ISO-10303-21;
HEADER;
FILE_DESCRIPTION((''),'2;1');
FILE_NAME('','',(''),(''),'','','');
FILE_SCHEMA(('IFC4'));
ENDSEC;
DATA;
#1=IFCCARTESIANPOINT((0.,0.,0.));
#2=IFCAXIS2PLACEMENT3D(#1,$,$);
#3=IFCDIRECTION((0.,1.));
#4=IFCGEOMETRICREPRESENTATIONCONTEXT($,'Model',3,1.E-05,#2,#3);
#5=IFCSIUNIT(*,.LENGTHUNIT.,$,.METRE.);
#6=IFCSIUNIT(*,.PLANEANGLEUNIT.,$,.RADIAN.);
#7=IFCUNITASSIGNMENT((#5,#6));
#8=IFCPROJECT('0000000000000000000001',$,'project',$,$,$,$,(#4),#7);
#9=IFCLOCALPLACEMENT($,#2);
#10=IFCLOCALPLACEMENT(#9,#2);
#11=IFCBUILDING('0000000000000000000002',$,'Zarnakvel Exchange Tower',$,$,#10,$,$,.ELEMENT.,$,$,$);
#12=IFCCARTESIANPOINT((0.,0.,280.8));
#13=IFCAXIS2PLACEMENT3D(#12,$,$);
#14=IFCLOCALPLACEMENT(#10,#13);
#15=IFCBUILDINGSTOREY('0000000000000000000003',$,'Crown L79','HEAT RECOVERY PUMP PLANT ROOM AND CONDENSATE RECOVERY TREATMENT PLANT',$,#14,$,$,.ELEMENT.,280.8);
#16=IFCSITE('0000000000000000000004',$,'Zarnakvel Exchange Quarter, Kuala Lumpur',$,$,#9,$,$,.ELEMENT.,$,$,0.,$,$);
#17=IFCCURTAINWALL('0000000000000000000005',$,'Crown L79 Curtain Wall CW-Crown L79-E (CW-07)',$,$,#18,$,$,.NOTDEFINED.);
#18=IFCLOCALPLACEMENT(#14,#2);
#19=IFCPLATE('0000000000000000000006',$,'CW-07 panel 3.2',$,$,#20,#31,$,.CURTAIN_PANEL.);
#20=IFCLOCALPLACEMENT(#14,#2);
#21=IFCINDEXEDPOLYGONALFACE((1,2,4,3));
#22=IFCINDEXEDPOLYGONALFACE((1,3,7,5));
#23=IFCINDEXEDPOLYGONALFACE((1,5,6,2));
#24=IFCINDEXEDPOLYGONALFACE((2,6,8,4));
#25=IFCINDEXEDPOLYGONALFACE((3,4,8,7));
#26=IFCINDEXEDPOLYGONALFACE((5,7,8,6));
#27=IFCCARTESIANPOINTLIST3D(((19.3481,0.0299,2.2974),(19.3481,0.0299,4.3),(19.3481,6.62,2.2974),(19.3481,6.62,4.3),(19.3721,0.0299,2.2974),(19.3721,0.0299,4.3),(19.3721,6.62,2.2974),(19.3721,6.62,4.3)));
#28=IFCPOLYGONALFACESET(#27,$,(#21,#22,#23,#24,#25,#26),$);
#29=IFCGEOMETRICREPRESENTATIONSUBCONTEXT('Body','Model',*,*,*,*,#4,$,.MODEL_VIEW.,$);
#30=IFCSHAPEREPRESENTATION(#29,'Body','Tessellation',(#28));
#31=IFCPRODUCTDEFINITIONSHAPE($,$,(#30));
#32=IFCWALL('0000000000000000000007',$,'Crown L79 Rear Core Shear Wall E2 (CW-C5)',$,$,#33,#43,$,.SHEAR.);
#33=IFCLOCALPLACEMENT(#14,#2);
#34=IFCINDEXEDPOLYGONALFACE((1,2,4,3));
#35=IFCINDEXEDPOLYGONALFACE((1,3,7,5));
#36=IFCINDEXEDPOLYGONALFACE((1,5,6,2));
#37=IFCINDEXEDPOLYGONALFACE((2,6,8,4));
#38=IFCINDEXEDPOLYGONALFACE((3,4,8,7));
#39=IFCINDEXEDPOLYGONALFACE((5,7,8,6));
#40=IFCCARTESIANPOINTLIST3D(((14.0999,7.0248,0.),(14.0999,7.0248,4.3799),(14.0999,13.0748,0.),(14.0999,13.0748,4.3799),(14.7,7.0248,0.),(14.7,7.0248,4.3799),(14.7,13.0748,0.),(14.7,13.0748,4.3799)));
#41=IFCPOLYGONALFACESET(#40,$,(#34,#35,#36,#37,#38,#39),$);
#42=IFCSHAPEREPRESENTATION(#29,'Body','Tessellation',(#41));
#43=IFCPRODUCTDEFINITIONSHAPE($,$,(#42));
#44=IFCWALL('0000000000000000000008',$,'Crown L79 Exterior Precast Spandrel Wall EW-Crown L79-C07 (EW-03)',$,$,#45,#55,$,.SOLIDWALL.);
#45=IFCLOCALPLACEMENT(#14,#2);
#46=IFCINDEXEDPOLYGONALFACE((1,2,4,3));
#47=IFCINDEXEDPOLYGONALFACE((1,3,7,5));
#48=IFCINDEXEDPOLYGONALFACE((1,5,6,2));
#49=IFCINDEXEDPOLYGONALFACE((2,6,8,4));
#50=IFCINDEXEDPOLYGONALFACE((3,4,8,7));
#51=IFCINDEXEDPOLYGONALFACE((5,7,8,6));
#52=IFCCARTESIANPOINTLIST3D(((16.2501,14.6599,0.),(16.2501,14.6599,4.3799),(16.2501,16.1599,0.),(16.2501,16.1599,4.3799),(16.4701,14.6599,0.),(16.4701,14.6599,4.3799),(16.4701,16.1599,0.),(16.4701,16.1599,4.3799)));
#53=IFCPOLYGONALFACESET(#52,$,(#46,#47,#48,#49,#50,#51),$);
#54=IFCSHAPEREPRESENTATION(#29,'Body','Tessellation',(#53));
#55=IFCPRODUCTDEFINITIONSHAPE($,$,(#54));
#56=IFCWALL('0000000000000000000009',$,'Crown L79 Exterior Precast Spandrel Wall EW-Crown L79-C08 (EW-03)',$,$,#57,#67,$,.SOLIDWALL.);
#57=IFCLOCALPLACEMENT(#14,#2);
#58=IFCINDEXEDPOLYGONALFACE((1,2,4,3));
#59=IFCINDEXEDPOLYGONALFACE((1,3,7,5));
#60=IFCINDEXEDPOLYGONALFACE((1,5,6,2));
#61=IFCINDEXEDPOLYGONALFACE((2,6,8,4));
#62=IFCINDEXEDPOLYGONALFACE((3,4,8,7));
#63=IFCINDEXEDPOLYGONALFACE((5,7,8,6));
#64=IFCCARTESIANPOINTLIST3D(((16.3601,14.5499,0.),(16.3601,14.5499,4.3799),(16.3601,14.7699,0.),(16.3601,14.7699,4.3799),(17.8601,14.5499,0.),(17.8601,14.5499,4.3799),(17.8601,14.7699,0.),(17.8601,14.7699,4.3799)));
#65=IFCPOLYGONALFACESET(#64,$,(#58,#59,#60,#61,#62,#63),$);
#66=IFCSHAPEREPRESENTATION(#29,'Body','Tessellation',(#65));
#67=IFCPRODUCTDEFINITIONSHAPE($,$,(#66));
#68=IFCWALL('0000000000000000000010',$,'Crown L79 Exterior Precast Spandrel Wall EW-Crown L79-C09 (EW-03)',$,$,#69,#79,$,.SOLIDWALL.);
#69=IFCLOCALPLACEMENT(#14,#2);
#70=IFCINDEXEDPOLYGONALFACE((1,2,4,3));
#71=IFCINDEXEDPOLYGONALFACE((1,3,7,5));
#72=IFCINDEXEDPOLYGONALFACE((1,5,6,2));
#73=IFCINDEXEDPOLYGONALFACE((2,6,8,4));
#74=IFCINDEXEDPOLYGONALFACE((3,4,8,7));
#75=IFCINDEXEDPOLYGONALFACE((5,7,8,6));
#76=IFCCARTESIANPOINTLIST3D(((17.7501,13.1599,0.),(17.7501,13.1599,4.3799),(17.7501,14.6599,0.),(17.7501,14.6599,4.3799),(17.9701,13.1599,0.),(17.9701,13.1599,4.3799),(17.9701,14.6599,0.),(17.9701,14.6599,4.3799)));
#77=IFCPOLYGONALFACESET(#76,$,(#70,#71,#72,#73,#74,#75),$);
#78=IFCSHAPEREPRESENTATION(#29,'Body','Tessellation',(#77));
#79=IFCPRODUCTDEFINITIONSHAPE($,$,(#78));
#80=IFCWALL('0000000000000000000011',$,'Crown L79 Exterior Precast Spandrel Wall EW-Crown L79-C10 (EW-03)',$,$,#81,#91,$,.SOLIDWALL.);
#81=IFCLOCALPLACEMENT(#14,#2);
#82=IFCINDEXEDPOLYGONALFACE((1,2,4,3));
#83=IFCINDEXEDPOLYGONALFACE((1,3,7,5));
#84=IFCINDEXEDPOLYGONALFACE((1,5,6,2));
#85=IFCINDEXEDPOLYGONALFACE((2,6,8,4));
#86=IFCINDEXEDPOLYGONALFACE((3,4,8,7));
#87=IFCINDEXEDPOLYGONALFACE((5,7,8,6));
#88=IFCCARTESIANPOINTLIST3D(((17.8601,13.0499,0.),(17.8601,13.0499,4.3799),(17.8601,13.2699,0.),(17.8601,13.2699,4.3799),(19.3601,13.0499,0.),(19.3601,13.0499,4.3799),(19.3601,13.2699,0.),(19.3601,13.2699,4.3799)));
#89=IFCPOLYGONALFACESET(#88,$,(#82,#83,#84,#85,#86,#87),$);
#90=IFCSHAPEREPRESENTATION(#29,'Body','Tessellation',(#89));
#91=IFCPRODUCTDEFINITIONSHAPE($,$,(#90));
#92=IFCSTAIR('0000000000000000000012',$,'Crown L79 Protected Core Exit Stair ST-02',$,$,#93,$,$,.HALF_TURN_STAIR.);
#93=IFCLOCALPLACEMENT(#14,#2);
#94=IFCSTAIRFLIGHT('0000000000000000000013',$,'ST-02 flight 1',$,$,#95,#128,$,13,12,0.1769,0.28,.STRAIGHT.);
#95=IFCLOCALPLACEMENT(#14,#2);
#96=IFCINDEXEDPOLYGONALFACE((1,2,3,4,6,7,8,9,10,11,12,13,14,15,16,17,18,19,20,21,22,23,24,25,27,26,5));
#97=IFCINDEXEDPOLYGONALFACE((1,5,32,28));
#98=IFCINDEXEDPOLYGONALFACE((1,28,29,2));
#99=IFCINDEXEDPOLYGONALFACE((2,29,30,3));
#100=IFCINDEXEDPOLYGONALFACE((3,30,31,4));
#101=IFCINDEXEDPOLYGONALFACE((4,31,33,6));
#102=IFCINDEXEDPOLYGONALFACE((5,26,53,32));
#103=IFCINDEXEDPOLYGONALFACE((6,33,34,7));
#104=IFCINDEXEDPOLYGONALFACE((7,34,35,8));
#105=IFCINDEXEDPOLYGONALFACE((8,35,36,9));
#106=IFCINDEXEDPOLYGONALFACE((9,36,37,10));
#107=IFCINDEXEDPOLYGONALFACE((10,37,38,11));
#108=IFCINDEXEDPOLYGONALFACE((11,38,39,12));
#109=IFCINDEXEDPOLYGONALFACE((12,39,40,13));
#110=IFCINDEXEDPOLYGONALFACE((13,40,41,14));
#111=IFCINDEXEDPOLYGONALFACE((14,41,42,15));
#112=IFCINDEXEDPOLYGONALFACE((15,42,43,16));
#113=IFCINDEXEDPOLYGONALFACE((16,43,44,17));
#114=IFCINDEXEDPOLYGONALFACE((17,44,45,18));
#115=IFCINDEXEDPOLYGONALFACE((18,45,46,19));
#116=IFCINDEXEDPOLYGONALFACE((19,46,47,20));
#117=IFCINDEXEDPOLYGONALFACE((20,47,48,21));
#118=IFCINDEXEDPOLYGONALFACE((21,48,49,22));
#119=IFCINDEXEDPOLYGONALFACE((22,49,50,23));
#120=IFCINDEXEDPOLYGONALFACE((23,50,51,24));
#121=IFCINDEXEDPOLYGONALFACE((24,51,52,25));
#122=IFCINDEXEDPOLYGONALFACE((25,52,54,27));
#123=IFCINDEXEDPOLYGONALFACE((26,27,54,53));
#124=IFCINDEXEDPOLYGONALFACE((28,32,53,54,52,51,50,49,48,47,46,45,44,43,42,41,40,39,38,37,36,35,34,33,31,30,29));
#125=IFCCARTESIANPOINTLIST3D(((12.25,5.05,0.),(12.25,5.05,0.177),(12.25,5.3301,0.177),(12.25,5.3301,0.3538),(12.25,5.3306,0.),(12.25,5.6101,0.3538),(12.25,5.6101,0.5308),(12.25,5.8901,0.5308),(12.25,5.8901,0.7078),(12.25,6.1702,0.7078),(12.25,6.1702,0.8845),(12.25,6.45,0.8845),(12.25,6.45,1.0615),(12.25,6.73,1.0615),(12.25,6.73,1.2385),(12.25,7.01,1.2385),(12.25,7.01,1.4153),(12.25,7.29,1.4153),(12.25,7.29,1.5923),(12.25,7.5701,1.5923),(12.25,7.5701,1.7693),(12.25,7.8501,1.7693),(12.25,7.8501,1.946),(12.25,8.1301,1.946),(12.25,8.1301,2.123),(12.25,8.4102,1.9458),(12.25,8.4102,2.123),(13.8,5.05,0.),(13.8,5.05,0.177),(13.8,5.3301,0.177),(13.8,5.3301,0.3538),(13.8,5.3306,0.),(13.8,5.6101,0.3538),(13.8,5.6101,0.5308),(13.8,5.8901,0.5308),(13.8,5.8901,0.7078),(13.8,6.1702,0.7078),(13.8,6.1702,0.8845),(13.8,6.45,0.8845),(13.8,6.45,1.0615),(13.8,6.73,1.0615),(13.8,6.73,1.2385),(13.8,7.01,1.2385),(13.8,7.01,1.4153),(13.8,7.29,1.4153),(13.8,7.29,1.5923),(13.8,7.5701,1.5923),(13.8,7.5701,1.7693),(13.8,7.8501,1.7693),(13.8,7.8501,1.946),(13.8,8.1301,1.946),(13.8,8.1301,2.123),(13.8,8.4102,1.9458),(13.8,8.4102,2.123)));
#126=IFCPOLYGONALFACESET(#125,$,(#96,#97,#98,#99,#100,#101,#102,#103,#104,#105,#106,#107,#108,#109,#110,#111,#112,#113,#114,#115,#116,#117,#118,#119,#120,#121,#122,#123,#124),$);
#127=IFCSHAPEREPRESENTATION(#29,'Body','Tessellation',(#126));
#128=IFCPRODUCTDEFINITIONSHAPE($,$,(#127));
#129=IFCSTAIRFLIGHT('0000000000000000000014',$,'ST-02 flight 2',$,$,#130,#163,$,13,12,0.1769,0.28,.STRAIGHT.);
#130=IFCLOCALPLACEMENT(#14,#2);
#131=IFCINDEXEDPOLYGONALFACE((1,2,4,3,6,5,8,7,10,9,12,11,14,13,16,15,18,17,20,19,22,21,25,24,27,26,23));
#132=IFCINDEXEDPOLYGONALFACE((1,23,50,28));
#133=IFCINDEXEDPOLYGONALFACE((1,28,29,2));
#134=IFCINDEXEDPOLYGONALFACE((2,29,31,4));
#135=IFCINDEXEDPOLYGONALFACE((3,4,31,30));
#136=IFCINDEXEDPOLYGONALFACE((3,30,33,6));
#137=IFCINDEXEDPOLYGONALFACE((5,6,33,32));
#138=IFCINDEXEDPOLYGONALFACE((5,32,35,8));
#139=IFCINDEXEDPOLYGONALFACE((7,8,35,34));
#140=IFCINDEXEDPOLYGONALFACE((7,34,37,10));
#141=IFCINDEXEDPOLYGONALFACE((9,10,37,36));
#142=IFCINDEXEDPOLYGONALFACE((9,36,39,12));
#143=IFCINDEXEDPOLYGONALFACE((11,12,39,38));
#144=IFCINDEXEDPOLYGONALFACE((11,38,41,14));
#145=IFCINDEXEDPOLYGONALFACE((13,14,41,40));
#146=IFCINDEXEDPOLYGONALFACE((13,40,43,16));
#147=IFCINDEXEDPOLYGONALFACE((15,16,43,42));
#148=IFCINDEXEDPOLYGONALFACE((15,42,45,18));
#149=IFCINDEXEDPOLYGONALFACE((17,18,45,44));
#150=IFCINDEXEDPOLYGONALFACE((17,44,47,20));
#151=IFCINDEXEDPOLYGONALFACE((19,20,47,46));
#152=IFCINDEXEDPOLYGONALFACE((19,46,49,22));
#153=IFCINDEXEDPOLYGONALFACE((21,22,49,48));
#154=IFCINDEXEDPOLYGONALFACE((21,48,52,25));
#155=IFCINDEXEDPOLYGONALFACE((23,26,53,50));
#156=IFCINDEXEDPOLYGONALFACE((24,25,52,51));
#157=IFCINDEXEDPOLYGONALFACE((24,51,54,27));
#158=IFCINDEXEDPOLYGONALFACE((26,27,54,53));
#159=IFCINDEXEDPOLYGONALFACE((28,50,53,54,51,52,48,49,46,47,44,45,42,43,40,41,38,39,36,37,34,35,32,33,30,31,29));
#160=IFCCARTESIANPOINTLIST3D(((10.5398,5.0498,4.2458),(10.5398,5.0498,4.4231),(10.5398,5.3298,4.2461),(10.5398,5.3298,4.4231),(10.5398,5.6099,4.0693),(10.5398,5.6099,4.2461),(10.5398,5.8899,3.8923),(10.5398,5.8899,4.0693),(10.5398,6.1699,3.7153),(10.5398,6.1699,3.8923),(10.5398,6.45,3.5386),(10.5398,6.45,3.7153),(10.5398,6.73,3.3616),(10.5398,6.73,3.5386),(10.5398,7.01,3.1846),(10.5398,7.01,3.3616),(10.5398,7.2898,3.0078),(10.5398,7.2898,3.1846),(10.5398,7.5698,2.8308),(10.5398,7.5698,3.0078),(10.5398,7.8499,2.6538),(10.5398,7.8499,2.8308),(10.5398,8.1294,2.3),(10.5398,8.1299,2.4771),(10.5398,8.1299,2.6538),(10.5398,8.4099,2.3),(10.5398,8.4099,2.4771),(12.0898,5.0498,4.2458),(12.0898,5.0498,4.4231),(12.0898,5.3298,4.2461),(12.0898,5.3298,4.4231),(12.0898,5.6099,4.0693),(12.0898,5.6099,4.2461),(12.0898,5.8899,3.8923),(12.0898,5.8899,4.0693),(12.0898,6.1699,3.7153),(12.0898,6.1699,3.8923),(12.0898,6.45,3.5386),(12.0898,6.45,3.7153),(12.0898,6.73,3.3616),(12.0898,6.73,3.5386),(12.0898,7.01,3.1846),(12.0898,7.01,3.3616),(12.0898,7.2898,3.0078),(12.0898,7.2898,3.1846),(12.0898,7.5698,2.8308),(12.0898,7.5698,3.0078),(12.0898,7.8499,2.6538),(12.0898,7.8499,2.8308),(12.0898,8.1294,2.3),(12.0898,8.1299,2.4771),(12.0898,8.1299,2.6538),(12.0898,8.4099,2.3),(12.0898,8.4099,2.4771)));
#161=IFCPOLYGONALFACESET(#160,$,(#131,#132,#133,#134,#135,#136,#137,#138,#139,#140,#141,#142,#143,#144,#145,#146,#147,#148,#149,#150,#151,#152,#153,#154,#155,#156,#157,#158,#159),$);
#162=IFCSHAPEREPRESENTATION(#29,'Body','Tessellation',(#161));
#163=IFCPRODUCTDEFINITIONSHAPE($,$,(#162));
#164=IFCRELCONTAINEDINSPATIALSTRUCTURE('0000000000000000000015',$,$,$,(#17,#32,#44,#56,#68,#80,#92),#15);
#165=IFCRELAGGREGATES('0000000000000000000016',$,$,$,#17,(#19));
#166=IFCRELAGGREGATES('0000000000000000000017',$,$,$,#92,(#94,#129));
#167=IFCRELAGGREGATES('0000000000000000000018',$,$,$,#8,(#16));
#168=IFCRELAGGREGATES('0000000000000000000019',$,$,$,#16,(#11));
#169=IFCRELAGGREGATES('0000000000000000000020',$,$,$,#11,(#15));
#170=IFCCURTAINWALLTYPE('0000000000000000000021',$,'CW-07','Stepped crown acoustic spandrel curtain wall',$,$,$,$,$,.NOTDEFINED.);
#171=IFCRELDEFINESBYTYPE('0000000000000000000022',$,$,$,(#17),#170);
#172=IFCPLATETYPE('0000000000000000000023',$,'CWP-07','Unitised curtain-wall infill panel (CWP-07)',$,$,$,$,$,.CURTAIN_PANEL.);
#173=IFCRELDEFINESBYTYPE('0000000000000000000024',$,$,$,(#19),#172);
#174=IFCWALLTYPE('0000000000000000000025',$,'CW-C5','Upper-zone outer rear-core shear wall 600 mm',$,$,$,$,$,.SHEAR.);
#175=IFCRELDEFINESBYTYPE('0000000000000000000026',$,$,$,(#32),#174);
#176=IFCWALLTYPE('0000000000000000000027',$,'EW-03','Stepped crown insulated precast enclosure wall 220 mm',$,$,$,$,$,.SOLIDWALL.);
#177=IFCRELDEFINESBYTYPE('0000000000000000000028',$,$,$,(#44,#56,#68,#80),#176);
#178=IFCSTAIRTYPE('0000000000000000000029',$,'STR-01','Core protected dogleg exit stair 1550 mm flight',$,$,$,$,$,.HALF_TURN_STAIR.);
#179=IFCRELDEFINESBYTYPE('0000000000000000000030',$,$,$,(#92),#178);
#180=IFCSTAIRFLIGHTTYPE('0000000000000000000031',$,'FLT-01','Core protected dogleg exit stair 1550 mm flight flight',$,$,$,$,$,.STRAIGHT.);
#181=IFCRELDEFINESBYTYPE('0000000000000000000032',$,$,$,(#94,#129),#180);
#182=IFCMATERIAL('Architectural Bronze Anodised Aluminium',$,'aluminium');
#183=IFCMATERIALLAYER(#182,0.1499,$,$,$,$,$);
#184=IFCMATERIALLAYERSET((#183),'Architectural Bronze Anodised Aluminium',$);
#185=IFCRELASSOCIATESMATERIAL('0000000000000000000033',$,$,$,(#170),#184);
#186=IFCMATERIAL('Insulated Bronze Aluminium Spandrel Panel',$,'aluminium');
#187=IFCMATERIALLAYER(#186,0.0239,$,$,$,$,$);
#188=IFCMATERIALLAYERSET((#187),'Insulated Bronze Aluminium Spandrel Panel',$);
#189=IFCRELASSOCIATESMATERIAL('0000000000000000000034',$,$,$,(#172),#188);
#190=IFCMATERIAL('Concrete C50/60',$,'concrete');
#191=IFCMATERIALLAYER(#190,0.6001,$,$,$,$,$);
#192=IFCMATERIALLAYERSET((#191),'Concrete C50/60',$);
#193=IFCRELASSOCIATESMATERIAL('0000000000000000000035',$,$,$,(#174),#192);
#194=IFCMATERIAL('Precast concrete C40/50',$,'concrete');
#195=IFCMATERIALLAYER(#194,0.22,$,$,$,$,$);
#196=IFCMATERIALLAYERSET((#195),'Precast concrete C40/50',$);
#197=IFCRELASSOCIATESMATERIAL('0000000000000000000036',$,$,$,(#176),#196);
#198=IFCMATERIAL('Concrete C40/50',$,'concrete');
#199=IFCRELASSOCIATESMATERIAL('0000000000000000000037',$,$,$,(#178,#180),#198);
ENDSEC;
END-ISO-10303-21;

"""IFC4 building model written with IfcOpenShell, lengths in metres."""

from ifc_helpers import new_model, si_unit, direction, frame, frame_2d, origin, origin_2d, place, context, subcontext, project, spatial, polyline, rectangle, outline, extrude, source, transform, mapped, material, layer, layer_set, type_object, element, aggregate, save


model = new_model("IFC4")

# Units and contexts
model_context = context("Model", 3, precision=1e-05, world=origin(), true_north=direction((0.0, 1.0)))
body_context = subcontext(model_context, "Body", "Model", "MODEL_VIEW")
ifc_project = project(units=[si_unit("LENGTHUNIT", "METRE"), si_unit("PLANEANGLEUNIT", "RADIAN")], contexts=[model_context])

# Site, building, storey
site_placement = place(None, origin())
site = spatial("IfcSite", under=ifc_project, at=site_placement, Name="Zarnakvel Exchange Quarter, Kuala Lumpur", CompositionType="ELEMENT", RefElevation=0.0)
building_placement = place(site_placement, origin())
building = spatial("IfcBuilding", under=site, at=building_placement, Name="Zarnakvel Exchange Tower", CompositionType="ELEMENT")
storey_placement = place(building_placement, frame((0.0, 0.0, 280.8)))
storey = spatial("IfcBuildingStorey", under=building, at=storey_placement, Name="Crown L79", Description="HEAT RECOVERY PUMP PLANT ROOM AND CONDENSATE RECOVERY TREATMENT PLANT", CompositionType="ELEMENT", Elevation=280.8)

# Shared definitions
ifc_material_1 = material(Name="Concrete C50/60", Category="concrete")

# Shared definitions
ifc_material_2 = material(Name="Architectural Bronze Anodised Aluminium", Category="aluminium")
ifc_layer_1 = layer(ifc_material_2, 0.1499)
ifc_layer_set_1 = layer_set([ifc_layer_1], Name="Architectural Bronze Anodised Aluminium")
curtain_wall_type = type_object("IfcCurtainWallType", Name="CW-07", Description="Stepped crown acoustic spandrel curtain wall", PredefinedType="NOTDEFINED", material=ifc_layer_set_1)

# Curtain wall
curtain_wall_1_placement = place(storey_placement, origin())
curtain_wall_1 = element("IfcCurtainWall", 1, at=curtain_wall_1_placement, inside=storey, type_object=curtain_wall_type, Name="Crown L79 Curtain Wall CW-Crown L79-E (CW-07)", PredefinedType="NOTDEFINED")

# Plate
ifc_material_3 = material(Name="Insulated Bronze Aluminium Spandrel Panel", Category="aluminium")
ifc_layer_2 = layer(ifc_material_3, 0.0239)
ifc_layer_set_2 = layer_set([ifc_layer_2], Name="Insulated Bronze Aluminium Spandrel Panel")
plate_type = type_object("IfcPlateType", Name="CWP-07", Description="Unitised curtain-wall infill panel (CWP-07)", PredefinedType="CURTAIN_PANEL", material=ifc_layer_set_2)
shared_shape_1 = source(origin(), body_context, "Body", "SweptSolid", [
    extrude(rectangle(XDim=6.5901, YDim=0.0239, at=origin_2d()), origin(), (0.0, 0.0, 1.0), 2.0027),
])
plate_1_placement = place(storey_placement, frame((19.3601, 3.325, 2.2974), z_axis=(0.0, 0.0, 1.0), x_axis=(0.0, 1.0, 0.0)))
plate_1 = element("IfcPlate", 2, at=plate_1_placement, type_object=plate_type, Name="CW-07 panel 3.2", PredefinedType="CURTAIN_PANEL", context=body_context, shape_type="MappedRepresentation", body=[
    mapped(shared_shape_1, transform((0.0, 0.0, 0.0), x_axis=(1.0, 0.0, 0.0), y_axis=(0.0, 1.0, 0.0), z_axis=(0.0, 0.0, 1.0), scale=1.0)),
])
aggregate(curtain_wall_1, [plate_1])

# Walls
ifc_layer_3 = layer(ifc_material_1, 0.6001)
ifc_layer_set_3 = layer_set([ifc_layer_3], Name="Concrete C50/60")
wall_type_1 = type_object("IfcWallType", Name="CW-C5", Description="Upper-zone outer rear-core shear wall 600 mm", PredefinedType="SHEAR", material=ifc_layer_set_3)
wall_1_placement = place(storey_placement, frame((14.3999, 7.0249, 0.0), z_axis=(0.0, 0.0, 1.0), x_axis=(0.0, 1.0, 0.0)))
element("IfcWall", 3, at=wall_1_placement, inside=storey, type_object=wall_type_1, Name="Crown L79 Rear Core Shear Wall E2 (CW-C5)", PredefinedType="SHEAR", context=body_context, shape_type="SweptSolid", body=[
    extrude(rectangle(XDim=6.05, YDim=0.6001, at=frame_2d((3.0249, 0.0))), origin(), (0.0, 0.0, 1.0), 4.3799),
])
ifc_material_4 = material(Name="Precast concrete C40/50", Category="concrete")
ifc_layer_4 = layer(ifc_material_4, 0.22)
ifc_layer_set_4 = layer_set([ifc_layer_4], Name="Precast concrete C40/50")
wall_type_2 = type_object("IfcWallType", Name="EW-03", Description="Stepped crown insulated precast enclosure wall 220 mm", PredefinedType="SOLIDWALL", material=ifc_layer_set_4)
for number, where, z_axis, x_axis, name in (
    (4, (16.3601, 14.6599, 0.0), (0.0, 0.0, 1.0), (0.0, 1.0, 0.0), "Crown L79 Exterior Precast Spandrel Wall EW-Crown L79-C07 (EW-03)"),
    (5, (17.8601, 14.6599, 0.0), (0.0, 0.0, 1.0), (-1.0, 0.0, 0.0), "Crown L79 Exterior Precast Spandrel Wall EW-Crown L79-C08 (EW-03)"),
    (6, (17.8601, 13.1599, 0.0), (0.0, 0.0, 1.0), (0.0, 1.0, 0.0), "Crown L79 Exterior Precast Spandrel Wall EW-Crown L79-C09 (EW-03)"),
    (7, (19.3601, 13.1599, 0.0), (0.0, 0.0, 1.0), (-1.0, 0.0, 0.0), "Crown L79 Exterior Precast Spandrel Wall EW-Crown L79-C10 (EW-03)"),
):
    element("IfcWall", number, at=place(storey_placement, frame(where, z_axis=z_axis, x_axis=x_axis)), inside=storey, type_object=wall_type_2, Name=name, PredefinedType="SOLIDWALL", context=body_context, shape_type="SweptSolid", body=[
        extrude(rectangle(XDim=1.5, YDim=0.22, at=frame_2d((0.75, 0.0))), origin(), (0.0, 0.0, 1.0), 4.3799),
    ])

# Shared definitions
ifc_material_5 = material(Name="Concrete C40/50", Category="concrete")

# Stair, stair flights
stair_type = type_object("IfcStairType", Name="STR-01", Description="Core protected dogleg exit stair 1550 mm flight", PredefinedType="HALF_TURN_STAIR", material=ifc_material_5)
stair_placement = place(storey_placement, origin())
stair = element("IfcStair", 8, at=stair_placement, inside=storey, type_object=stair_type, Name="Crown L79 Protected Core Exit Stair ST-02", PredefinedType="HALF_TURN_STAIR")
stair_flight_type = type_object("IfcStairFlightType", Name="FLT-01", Description="Core protected dogleg exit stair 1550 mm flight flight", PredefinedType="STRAIGHT", material=ifc_material_5)
stair_flight_1_placement = place(storey_placement, frame((13.0249, 5.05, 0.0), z_axis=(0.0, 0.0, 1.0), x_axis=(0.0, 1.0, 0.0)))
stair_flight_1 = element("IfcStairFlight", 9, at=stair_flight_1_placement, type_object=stair_flight_type, Name="ST-02 flight 1", NumberOfRisers=13, NumberOfTreads=12, PredefinedType="STRAIGHT", RiserHeight=0.1769, TreadLength=0.28, context=body_context, shape_type="SweptSolid", body=[
    extrude(outline(polyline([(0.0, 0.0), (0.0, 0.177), (0.28, 0.177), (0.28, 0.3538), (0.5601, 0.3538), (0.5601, 0.5308), (0.8401, 0.5308), (0.8401, 0.7078), (1.1201, 0.7078), (1.1201, 0.8845), (1.3999, 0.8845), (1.3999, 1.0615), (1.6799, 1.0615), (1.6799, 1.2385), (1.96, 1.2385), (1.96, 1.4153), (2.24, 1.4153), (2.24, 1.5923), (2.52, 1.5923), (2.52, 1.7693), (2.8, 1.7693), (2.8, 1.946), (3.0801, 1.946), (3.0801, 2.123), (3.3601, 2.123), (3.3601, 2.3), (3.3601, 1.9458), (0.2805, 0.0), (0.0, 0.0)])), frame((0.0, 0.7749, 0.0), z_axis=(0.0, -1.0, 0.0), x_axis=(1.0, 0.0, 0.0)), (0.0, 0.0, 1.0), 1.55),
])
stair_flight_2_placement = place(storey_placement, frame((11.3149, 8.4099, 2.3), z_axis=(0.0, 0.0, 1.0), x_axis=(0.0, -1.0, 0.0)))
stair_flight_2 = element("IfcStairFlight", 10, at=stair_flight_2_placement, type_object=stair_flight_type, Name="ST-02 flight 2", NumberOfRisers=13, NumberOfTreads=12, PredefinedType="STRAIGHT", RiserHeight=0.1769, TreadLength=0.28, context=body_context, shape_type="SweptSolid", body=[
    extrude(outline(polyline([(0.0, 0.0), (0.0, 0.177), (0.28, 0.177), (0.28, 0.3538), (0.5601, 0.3538), (0.5601, 0.5308), (0.8401, 0.5308), (0.8401, 0.7078), (1.1201, 0.7078), (1.1201, 0.8845), (1.3999, 0.8845), (1.3999, 1.0615), (1.6799, 1.0615), (1.6799, 1.2385), (1.96, 1.2385), (1.96, 1.4153), (2.24, 1.4153), (2.24, 1.5923), (2.52, 1.5923), (2.52, 1.7693), (2.8, 1.7693), (2.8, 1.946), (3.0801, 1.946), (3.0801, 2.123), (3.3601, 2.123), (3.3601, 2.3), (3.3601, 1.9458), (0.2805, 0.0), (0.0, 0.0)])), frame((0.0, 0.7749, 0.0), z_axis=(0.0, -1.0, 0.0), x_axis=(1.0, 0.0, 0.0)), (0.0, 0.0, 1.0), 1.55),
])
aggregate(stair, [stair_flight_1, stair_flight_2])

save(model, "model.ifc")
